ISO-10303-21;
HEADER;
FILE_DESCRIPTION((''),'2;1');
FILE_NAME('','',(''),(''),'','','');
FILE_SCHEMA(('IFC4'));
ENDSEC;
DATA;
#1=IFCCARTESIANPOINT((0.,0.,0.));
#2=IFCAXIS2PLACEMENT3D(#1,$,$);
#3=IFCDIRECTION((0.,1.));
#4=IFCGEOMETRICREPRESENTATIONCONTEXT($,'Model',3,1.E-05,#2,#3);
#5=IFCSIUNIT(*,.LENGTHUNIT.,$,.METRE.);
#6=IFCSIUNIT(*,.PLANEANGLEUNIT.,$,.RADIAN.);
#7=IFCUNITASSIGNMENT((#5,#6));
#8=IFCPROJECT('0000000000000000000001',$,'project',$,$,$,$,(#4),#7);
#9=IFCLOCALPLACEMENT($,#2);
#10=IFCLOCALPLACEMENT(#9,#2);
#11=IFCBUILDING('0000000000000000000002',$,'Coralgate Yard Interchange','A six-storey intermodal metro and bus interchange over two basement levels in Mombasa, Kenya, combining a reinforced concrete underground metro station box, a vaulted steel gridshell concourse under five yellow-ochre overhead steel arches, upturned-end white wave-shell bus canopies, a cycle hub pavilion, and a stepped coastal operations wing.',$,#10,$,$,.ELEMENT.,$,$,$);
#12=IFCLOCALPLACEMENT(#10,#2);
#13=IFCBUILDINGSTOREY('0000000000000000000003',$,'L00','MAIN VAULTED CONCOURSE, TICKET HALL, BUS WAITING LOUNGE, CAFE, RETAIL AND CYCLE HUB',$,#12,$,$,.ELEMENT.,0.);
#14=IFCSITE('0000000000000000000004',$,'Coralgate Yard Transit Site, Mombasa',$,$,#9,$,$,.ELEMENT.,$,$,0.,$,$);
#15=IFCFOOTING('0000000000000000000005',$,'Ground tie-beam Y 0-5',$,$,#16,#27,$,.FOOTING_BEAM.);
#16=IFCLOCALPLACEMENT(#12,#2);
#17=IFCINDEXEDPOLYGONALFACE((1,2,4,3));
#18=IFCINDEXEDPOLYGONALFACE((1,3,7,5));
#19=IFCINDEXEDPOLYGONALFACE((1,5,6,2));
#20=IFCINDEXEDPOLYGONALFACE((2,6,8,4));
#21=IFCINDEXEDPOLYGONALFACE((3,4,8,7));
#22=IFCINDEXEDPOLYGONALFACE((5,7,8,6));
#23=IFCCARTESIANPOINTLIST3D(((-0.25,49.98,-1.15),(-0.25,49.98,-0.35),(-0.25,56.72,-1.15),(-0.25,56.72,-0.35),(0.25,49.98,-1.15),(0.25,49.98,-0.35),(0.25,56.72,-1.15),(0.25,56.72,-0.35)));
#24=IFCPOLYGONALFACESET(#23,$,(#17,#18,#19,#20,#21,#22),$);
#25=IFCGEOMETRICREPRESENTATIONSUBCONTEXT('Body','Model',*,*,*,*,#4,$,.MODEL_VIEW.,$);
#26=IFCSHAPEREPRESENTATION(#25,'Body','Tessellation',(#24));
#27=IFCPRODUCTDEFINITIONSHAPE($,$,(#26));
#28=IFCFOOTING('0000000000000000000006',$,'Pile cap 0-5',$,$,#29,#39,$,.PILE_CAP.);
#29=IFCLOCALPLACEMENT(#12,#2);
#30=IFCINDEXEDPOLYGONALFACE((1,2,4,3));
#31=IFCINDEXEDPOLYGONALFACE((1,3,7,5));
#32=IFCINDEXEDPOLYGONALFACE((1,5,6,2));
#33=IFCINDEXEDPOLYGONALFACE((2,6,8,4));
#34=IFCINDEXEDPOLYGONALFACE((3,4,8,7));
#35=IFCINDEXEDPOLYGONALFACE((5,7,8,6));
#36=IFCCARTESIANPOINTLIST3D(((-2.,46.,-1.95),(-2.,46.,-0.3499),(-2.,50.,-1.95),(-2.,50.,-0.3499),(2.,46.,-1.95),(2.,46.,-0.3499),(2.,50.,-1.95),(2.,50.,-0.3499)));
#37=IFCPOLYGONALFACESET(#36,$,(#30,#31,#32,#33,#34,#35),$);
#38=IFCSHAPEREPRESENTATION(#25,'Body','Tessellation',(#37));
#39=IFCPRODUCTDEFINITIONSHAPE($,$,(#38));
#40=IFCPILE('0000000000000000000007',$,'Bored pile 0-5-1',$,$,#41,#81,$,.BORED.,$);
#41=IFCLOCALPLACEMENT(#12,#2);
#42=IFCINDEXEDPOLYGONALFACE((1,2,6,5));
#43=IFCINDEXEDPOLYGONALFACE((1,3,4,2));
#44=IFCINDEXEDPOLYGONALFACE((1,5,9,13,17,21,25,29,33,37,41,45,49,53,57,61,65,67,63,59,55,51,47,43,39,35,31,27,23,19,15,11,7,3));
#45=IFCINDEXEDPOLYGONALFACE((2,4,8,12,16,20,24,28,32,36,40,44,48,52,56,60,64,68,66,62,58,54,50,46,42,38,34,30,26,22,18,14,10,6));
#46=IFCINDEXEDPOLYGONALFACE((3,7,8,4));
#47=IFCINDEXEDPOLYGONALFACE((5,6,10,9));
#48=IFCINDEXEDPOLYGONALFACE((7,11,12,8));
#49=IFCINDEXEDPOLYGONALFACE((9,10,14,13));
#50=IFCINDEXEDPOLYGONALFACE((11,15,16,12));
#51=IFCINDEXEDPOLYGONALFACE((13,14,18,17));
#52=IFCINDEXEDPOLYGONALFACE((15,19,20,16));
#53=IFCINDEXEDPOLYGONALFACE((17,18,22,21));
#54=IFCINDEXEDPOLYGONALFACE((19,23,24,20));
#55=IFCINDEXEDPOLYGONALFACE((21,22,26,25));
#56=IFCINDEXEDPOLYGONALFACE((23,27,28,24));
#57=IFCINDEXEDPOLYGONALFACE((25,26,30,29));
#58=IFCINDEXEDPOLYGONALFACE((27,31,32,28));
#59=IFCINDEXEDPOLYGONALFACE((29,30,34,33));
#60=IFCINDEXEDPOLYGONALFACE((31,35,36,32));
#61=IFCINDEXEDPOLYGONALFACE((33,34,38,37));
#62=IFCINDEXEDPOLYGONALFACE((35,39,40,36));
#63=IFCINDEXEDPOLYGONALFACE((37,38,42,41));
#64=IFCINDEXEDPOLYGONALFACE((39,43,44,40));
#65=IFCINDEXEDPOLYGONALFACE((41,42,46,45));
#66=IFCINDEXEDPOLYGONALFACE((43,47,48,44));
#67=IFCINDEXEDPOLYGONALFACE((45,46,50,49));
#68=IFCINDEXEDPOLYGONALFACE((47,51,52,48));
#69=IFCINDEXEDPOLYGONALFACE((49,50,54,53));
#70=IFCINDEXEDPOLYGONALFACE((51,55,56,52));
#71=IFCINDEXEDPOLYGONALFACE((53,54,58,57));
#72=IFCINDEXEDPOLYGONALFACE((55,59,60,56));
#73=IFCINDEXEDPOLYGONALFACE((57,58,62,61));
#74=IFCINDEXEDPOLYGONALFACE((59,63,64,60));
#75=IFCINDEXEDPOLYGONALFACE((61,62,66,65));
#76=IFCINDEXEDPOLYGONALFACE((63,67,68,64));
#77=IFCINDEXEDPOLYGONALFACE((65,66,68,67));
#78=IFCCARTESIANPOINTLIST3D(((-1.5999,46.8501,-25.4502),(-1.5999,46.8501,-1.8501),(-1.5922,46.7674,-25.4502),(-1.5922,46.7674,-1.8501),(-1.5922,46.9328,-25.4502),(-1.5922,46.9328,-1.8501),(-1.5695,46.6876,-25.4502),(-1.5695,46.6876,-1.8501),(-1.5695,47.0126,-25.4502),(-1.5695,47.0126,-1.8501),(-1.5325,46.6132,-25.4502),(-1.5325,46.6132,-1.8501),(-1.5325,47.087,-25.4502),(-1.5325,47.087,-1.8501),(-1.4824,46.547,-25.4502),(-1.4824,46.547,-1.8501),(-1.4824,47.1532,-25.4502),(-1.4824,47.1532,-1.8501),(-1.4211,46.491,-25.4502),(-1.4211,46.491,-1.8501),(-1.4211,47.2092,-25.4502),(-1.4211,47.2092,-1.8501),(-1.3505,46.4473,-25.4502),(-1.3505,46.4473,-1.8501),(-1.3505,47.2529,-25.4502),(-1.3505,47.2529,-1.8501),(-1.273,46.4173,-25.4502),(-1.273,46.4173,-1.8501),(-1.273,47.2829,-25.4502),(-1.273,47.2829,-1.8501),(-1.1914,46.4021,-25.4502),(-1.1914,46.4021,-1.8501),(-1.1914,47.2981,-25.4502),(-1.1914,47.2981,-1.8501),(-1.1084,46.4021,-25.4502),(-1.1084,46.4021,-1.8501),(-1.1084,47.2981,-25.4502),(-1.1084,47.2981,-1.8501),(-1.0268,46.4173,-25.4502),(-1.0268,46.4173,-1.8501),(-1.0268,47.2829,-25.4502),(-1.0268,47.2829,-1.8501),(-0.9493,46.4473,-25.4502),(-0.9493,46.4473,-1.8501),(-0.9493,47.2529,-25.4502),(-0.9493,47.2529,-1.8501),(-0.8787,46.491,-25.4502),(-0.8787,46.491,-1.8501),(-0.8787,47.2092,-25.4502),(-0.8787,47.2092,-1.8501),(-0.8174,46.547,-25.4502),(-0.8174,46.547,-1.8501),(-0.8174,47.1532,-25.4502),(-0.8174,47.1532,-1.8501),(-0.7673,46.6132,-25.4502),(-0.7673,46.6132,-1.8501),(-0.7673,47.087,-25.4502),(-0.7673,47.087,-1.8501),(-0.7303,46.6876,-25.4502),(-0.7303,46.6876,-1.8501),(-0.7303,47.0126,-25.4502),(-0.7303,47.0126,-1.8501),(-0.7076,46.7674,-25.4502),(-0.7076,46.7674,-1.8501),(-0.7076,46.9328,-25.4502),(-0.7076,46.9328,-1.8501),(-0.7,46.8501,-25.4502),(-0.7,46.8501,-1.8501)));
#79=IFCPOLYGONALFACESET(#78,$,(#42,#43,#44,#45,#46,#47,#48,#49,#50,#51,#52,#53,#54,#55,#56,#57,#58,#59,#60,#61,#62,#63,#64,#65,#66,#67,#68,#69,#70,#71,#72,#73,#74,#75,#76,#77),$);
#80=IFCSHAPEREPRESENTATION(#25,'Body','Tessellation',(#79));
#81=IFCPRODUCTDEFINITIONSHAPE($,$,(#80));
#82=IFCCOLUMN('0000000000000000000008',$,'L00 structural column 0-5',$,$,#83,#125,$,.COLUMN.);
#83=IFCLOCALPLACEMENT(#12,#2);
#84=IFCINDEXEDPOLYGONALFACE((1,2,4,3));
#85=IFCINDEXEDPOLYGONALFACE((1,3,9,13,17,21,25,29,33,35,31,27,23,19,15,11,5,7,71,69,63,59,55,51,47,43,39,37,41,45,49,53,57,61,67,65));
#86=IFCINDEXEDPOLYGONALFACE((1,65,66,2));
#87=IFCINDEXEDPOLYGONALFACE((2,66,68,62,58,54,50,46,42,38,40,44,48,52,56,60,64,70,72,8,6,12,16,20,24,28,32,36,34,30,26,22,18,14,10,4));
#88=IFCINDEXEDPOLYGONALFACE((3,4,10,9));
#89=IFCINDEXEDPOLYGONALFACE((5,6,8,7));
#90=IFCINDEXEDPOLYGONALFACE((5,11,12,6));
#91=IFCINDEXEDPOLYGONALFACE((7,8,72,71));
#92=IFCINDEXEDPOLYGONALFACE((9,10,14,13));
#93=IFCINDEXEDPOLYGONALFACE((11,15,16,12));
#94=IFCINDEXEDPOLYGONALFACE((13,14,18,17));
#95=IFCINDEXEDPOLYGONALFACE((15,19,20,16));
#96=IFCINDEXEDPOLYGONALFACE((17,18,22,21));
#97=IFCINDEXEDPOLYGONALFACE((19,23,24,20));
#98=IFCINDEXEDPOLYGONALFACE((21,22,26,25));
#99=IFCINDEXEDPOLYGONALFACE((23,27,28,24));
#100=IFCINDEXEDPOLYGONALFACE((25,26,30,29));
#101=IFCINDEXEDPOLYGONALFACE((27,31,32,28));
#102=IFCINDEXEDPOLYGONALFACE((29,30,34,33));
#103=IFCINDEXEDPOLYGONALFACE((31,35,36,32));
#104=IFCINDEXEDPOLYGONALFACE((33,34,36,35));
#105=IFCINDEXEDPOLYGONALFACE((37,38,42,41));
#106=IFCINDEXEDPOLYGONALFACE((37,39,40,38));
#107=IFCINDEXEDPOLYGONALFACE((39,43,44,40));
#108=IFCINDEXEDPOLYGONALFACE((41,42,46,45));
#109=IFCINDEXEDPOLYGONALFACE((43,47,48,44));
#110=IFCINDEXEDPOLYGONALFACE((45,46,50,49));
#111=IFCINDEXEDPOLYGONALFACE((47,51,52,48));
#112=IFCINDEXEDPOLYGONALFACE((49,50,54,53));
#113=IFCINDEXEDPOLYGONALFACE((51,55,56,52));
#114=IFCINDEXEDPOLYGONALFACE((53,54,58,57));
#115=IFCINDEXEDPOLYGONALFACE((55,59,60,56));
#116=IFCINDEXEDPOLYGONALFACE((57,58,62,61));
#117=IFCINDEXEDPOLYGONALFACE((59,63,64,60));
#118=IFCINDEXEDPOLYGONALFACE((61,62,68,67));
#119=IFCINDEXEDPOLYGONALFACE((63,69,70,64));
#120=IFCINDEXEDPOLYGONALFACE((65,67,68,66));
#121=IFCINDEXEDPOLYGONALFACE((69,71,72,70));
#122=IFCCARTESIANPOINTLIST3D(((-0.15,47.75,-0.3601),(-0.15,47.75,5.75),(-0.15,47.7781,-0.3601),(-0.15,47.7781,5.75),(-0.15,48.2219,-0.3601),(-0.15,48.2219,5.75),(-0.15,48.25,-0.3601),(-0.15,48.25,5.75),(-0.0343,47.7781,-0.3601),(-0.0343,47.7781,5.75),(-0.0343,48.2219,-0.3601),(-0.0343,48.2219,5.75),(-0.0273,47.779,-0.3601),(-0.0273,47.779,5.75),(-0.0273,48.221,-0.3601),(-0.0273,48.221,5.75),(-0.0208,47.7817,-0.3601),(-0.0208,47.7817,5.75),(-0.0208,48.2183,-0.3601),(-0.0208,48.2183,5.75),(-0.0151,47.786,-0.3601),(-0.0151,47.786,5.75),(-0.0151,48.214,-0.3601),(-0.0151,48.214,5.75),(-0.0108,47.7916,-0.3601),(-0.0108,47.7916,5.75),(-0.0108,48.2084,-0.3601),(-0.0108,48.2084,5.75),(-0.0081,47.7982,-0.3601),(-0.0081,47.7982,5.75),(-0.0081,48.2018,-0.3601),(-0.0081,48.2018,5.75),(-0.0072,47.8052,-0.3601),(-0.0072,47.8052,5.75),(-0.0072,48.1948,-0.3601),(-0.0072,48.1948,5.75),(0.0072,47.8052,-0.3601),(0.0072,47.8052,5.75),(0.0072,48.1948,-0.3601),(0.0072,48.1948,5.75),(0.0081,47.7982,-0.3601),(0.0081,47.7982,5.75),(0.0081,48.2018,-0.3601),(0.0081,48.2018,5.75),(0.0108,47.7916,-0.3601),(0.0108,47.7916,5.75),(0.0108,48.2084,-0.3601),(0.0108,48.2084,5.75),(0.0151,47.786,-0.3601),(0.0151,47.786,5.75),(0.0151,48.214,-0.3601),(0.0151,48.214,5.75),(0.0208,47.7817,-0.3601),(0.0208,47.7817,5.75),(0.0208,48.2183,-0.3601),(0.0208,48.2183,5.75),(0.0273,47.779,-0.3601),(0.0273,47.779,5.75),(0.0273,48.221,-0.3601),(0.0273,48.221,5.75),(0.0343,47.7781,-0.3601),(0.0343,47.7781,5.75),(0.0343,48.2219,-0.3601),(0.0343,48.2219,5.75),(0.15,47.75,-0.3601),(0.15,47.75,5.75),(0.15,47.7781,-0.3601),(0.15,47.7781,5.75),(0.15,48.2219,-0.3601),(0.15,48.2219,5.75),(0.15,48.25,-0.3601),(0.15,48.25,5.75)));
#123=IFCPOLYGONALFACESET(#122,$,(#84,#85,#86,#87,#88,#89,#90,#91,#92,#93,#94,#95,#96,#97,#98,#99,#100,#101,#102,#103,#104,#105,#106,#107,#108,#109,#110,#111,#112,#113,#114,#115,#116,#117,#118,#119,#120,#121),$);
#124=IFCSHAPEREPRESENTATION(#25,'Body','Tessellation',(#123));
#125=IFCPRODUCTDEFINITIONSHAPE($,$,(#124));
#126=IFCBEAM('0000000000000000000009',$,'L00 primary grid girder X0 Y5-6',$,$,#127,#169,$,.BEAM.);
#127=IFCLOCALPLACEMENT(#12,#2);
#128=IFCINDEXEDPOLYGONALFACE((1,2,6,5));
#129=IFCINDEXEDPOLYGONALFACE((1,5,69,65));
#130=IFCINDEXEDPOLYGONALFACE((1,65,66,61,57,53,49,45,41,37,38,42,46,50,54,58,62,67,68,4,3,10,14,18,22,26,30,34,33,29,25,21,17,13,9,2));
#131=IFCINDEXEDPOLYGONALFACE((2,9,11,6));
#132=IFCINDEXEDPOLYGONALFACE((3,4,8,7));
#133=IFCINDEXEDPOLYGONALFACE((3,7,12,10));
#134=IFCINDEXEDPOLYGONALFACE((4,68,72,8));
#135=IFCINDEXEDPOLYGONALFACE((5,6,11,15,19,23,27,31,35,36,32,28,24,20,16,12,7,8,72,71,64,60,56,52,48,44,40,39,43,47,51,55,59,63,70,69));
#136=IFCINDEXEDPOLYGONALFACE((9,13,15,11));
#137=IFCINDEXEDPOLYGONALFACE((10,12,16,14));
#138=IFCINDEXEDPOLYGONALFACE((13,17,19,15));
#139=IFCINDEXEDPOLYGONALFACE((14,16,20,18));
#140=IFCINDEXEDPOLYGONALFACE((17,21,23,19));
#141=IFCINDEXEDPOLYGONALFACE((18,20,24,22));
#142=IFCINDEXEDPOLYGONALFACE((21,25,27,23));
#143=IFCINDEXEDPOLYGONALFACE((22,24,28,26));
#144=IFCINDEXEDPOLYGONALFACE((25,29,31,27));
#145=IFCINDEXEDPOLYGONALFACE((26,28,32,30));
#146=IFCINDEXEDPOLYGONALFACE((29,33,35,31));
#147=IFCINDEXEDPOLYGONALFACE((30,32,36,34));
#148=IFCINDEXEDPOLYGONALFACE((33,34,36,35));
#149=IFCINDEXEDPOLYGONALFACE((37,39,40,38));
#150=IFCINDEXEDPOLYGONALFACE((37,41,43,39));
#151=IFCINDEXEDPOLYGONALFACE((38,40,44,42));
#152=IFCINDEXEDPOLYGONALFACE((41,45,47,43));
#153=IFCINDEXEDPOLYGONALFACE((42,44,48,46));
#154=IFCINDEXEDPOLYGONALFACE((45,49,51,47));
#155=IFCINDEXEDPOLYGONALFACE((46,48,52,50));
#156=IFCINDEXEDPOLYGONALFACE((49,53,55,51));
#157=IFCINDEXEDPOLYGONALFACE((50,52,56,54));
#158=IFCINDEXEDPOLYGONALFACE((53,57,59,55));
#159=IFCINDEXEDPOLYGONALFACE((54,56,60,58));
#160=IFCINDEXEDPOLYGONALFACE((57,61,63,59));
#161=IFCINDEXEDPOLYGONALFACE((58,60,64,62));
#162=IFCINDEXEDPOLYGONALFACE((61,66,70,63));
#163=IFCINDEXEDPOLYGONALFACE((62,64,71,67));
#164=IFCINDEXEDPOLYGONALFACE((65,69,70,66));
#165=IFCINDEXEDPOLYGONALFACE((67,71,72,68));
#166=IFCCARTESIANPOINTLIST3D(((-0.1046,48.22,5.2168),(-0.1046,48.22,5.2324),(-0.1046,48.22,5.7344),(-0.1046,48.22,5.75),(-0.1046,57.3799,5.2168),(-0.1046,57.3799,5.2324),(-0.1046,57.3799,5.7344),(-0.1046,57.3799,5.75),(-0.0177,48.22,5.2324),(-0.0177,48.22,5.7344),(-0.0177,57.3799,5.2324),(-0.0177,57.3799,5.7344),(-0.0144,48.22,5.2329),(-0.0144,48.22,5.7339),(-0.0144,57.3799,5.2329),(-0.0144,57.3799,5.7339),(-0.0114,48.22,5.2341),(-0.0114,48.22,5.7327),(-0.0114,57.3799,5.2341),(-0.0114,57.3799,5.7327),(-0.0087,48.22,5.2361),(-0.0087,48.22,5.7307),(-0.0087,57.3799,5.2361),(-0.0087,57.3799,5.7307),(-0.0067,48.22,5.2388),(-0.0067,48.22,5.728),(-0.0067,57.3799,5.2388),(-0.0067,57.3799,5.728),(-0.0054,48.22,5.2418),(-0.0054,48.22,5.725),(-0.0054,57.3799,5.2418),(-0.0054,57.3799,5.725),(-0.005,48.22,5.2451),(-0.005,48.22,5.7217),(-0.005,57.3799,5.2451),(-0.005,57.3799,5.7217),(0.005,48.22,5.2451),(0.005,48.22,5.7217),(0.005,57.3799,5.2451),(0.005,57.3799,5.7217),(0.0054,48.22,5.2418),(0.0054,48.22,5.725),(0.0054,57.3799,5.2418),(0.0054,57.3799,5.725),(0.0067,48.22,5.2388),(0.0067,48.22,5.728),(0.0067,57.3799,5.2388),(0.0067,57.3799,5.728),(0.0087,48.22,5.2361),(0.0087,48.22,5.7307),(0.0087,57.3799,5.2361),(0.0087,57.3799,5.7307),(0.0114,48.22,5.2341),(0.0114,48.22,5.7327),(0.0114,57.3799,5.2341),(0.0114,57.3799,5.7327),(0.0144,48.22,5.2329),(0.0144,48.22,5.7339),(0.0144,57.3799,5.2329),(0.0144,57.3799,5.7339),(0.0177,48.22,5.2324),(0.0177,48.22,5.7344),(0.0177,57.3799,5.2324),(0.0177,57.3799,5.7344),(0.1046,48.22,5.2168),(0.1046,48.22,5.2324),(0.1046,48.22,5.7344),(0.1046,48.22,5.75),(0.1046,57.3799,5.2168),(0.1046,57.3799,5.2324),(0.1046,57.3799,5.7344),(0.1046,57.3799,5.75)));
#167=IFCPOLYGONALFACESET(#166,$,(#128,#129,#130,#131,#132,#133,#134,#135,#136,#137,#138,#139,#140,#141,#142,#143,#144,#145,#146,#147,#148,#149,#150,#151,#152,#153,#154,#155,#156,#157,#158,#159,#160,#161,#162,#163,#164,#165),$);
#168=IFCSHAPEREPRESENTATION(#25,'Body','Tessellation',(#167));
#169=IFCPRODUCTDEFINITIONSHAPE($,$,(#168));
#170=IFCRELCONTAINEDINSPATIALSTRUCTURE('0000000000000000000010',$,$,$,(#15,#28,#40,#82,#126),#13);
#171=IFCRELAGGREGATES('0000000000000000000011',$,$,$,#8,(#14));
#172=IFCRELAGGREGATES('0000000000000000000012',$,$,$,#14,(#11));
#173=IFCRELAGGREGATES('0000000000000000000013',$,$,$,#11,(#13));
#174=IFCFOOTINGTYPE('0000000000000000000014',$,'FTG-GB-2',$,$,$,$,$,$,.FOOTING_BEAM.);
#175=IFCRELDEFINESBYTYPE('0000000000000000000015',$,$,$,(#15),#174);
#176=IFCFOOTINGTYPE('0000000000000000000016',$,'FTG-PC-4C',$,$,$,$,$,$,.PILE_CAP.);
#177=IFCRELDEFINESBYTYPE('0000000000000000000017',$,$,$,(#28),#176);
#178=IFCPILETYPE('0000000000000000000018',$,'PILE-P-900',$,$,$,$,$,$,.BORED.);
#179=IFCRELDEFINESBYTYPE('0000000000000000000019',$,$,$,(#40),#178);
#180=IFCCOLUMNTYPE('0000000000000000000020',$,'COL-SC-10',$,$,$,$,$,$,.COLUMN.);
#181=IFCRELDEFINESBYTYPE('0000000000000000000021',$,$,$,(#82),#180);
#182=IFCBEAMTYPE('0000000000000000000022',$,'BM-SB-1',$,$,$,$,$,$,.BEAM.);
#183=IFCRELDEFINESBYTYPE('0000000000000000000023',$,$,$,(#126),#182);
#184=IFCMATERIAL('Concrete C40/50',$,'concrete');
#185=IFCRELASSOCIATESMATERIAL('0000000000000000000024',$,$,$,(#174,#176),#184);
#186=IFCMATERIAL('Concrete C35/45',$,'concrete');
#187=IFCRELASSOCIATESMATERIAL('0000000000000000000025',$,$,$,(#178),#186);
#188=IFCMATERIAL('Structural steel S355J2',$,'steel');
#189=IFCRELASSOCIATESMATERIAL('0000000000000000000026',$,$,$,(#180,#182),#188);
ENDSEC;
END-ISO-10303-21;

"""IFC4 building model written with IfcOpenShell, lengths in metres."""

from ifc_helpers import new_model, si_unit, direction, frame, origin, origin_2d, place, context, subcontext, project, spatial, rectangle, circle, i_section, extrude, material, material_profile, profile_set, type_object, element, save


model = new_model("IFC4")

# Units and contexts
model_context = context("Model", 3, precision=1e-05, world=origin(), true_north=direction((0.0, 1.0)))
body_context = subcontext(model_context, "Body", "Model", "MODEL_VIEW")
ifc_project = project(units=[si_unit("LENGTHUNIT", "METRE"), si_unit("PLANEANGLEUNIT", "RADIAN")], contexts=[model_context])

# Site, building, storey
site_placement = place(None, origin())
site = spatial("IfcSite", under=ifc_project, at=site_placement, Name="Coralgate Yard Transit Site, Mombasa", CompositionType="ELEMENT", RefElevation=0.0)
building_placement = place(site_placement, origin())
building = spatial("IfcBuilding", under=site, at=building_placement, Name="Coralgate Yard Interchange", Description="A six-storey intermodal metro and bus interchange over two basement levels in Mombasa, Kenya, combining a reinforced concrete underground metro station box, a vaulted steel gridshell concourse under five yellow-ochre overhead steel arches, upturned-end white wave-shell bus canopies, a cycle hub pavilion, and a stepped coastal operations wing.", CompositionType="ELEMENT")
storey_placement = place(building_placement, origin())
storey = spatial("IfcBuildingStorey", under=building, at=storey_placement, Name="L00", Description="MAIN VAULTED CONCOURSE, TICKET HALL, BUS WAITING LOUNGE, CAFE, RETAIL AND CYCLE HUB", CompositionType="ELEMENT", Elevation=0.0)

# Footings
ifc_material_1 = material(Name="Concrete C40/50", Category="concrete")
ifc_material_profile_1 = material_profile(ifc_material_1, rectangle(XDim=0.5, YDim=0.8, at=origin_2d()), Name="RC 500x800")
ifc_profile_set_1 = profile_set([ifc_material_profile_1], Name="Concrete C40/50")
footing_type_1 = type_object("IfcFootingType", Name="FTG-GB-2", PredefinedType="FOOTING_BEAM", material=ifc_profile_set_1)
footing_1_placement = place(storey_placement, frame((0.0, 49.98, -0.75), z_axis=(0.0, 1.0, 0.0), x_axis=(-1.0, 0.0, 0.0)))
element("IfcFooting", 1, at=footing_1_placement, inside=storey, type_object=footing_type_1, Name="Ground tie-beam Y 0-5", PredefinedType="FOOTING_BEAM", context=body_context, shape_type="SweptSolid", body=[
    extrude(rectangle(XDim=0.5, YDim=0.8, at=origin_2d()), origin(), (0.0, 0.0, 1.0), 6.74),
])
footing_type_2 = type_object("IfcFootingType", Name="FTG-PC-4C", PredefinedType="PILE_CAP", material=ifc_material_1)
footing_2_placement = place(storey_placement, frame((0.0, 48.0, -1.95), z_axis=(0.0, 0.0, 1.0), x_axis=(1.0, 0.0, 0.0)))
element("IfcFooting", 2, at=footing_2_placement, inside=storey, type_object=footing_type_2, Name="Pile cap 0-5", PredefinedType="PILE_CAP", context=body_context, shape_type="SweptSolid", body=[
    extrude(rectangle(XDim=4.0, YDim=4.0, at=origin_2d()), origin(), (0.0, 0.0, 1.0), 1.6001),
])

# Pile
ifc_material_2 = material(Name="Concrete C35/45", Category="concrete")
ifc_material_profile_2 = material_profile(ifc_material_2, circle(Radius=0.45, at=origin_2d()), Name="BORED PILE D900")
ifc_profile_set_2 = profile_set([ifc_material_profile_2], Name="Concrete C35/45")
pile_type = type_object("IfcPileType", Name="PILE-P-900", PredefinedType="BORED", material=ifc_profile_set_2)
pile_placement = place(storey_placement, frame((-1.1499, 46.8501, -1.8501), z_axis=(0.0, 0.0, -1.0), x_axis=(1.0, 0.0, 0.0)))
element("IfcPile", 3, at=pile_placement, inside=storey, type_object=pile_type, Name="Bored pile 0-5-1", PredefinedType="BORED", context=body_context, shape_type="SweptSolid", body=[
    extrude(circle(Radius=0.45, at=origin_2d()), origin(), (0.0, 0.0, 1.0), 23.6001),
])

# Column
ifc_material_3 = material(Name="Structural steel S355J2", Category="steel")
ifc_material_profile_3 = material_profile(ifc_material_3, i_section(OverallWidth=0.3, OverallDepth=0.5, WebThickness=0.0144, FlangeThickness=0.0281, FilletRadius=0.0271, at=origin_2d()), Name="HEB 500")
ifc_profile_set_3 = profile_set([ifc_material_profile_3], Name="Structural steel S355J2")
column_type = type_object("IfcColumnType", Name="COL-SC-10", PredefinedType="COLUMN", material=ifc_profile_set_3)
column_placement = place(storey_placement, frame((0.0, 48.0, -0.3601), z_axis=(0.0, 0.0, 1.0), x_axis=(1.0, 0.0, 0.0)))
element("IfcColumn", 4, at=column_placement, inside=storey, type_object=column_type, Name="L00 structural column 0-5", PredefinedType="COLUMN", context=body_context, shape_type="SweptSolid", body=[
    extrude(i_section(OverallWidth=0.3, OverallDepth=0.5, WebThickness=0.0144, FlangeThickness=0.0281, FilletRadius=0.0271, at=origin_2d()), origin(), (0.0, 0.0, 1.0), 6.1101),
])

# Beam
ifc_material_profile_4 = material_profile(ifc_material_3, i_section(OverallWidth=0.2092, OverallDepth=0.5332, WebThickness=0.01, FlangeThickness=0.0156, FilletRadius=0.0127, at=origin_2d()), Name="UB 533x210x92")
ifc_profile_set_4 = profile_set([ifc_material_profile_4], Name="Structural steel S355J2")
beam_type_1 = type_object("IfcBeamType", Name="BM-SB-1", PredefinedType="BEAM", material=ifc_profile_set_4)
beam_1_placement = place(storey_placement, frame((0.0, 48.22, 5.4834), z_axis=(0.0, 1.0, 0.0), x_axis=(-1.0, 0.0, 0.0)))
element("IfcBeam", 5, at=beam_1_placement, inside=storey, type_object=beam_type_1, Name="L00 primary grid girder X0 Y5-6", PredefinedType="BEAM", context=body_context, shape_type="SweptSolid", body=[
    extrude(i_section(OverallWidth=0.2092, OverallDepth=0.5332, WebThickness=0.01, FlangeThickness=0.0156, FilletRadius=0.0127, at=origin_2d()), origin(), (0.0, 0.0, 1.0), 9.1599),
])

save(model, "model.ifc")
